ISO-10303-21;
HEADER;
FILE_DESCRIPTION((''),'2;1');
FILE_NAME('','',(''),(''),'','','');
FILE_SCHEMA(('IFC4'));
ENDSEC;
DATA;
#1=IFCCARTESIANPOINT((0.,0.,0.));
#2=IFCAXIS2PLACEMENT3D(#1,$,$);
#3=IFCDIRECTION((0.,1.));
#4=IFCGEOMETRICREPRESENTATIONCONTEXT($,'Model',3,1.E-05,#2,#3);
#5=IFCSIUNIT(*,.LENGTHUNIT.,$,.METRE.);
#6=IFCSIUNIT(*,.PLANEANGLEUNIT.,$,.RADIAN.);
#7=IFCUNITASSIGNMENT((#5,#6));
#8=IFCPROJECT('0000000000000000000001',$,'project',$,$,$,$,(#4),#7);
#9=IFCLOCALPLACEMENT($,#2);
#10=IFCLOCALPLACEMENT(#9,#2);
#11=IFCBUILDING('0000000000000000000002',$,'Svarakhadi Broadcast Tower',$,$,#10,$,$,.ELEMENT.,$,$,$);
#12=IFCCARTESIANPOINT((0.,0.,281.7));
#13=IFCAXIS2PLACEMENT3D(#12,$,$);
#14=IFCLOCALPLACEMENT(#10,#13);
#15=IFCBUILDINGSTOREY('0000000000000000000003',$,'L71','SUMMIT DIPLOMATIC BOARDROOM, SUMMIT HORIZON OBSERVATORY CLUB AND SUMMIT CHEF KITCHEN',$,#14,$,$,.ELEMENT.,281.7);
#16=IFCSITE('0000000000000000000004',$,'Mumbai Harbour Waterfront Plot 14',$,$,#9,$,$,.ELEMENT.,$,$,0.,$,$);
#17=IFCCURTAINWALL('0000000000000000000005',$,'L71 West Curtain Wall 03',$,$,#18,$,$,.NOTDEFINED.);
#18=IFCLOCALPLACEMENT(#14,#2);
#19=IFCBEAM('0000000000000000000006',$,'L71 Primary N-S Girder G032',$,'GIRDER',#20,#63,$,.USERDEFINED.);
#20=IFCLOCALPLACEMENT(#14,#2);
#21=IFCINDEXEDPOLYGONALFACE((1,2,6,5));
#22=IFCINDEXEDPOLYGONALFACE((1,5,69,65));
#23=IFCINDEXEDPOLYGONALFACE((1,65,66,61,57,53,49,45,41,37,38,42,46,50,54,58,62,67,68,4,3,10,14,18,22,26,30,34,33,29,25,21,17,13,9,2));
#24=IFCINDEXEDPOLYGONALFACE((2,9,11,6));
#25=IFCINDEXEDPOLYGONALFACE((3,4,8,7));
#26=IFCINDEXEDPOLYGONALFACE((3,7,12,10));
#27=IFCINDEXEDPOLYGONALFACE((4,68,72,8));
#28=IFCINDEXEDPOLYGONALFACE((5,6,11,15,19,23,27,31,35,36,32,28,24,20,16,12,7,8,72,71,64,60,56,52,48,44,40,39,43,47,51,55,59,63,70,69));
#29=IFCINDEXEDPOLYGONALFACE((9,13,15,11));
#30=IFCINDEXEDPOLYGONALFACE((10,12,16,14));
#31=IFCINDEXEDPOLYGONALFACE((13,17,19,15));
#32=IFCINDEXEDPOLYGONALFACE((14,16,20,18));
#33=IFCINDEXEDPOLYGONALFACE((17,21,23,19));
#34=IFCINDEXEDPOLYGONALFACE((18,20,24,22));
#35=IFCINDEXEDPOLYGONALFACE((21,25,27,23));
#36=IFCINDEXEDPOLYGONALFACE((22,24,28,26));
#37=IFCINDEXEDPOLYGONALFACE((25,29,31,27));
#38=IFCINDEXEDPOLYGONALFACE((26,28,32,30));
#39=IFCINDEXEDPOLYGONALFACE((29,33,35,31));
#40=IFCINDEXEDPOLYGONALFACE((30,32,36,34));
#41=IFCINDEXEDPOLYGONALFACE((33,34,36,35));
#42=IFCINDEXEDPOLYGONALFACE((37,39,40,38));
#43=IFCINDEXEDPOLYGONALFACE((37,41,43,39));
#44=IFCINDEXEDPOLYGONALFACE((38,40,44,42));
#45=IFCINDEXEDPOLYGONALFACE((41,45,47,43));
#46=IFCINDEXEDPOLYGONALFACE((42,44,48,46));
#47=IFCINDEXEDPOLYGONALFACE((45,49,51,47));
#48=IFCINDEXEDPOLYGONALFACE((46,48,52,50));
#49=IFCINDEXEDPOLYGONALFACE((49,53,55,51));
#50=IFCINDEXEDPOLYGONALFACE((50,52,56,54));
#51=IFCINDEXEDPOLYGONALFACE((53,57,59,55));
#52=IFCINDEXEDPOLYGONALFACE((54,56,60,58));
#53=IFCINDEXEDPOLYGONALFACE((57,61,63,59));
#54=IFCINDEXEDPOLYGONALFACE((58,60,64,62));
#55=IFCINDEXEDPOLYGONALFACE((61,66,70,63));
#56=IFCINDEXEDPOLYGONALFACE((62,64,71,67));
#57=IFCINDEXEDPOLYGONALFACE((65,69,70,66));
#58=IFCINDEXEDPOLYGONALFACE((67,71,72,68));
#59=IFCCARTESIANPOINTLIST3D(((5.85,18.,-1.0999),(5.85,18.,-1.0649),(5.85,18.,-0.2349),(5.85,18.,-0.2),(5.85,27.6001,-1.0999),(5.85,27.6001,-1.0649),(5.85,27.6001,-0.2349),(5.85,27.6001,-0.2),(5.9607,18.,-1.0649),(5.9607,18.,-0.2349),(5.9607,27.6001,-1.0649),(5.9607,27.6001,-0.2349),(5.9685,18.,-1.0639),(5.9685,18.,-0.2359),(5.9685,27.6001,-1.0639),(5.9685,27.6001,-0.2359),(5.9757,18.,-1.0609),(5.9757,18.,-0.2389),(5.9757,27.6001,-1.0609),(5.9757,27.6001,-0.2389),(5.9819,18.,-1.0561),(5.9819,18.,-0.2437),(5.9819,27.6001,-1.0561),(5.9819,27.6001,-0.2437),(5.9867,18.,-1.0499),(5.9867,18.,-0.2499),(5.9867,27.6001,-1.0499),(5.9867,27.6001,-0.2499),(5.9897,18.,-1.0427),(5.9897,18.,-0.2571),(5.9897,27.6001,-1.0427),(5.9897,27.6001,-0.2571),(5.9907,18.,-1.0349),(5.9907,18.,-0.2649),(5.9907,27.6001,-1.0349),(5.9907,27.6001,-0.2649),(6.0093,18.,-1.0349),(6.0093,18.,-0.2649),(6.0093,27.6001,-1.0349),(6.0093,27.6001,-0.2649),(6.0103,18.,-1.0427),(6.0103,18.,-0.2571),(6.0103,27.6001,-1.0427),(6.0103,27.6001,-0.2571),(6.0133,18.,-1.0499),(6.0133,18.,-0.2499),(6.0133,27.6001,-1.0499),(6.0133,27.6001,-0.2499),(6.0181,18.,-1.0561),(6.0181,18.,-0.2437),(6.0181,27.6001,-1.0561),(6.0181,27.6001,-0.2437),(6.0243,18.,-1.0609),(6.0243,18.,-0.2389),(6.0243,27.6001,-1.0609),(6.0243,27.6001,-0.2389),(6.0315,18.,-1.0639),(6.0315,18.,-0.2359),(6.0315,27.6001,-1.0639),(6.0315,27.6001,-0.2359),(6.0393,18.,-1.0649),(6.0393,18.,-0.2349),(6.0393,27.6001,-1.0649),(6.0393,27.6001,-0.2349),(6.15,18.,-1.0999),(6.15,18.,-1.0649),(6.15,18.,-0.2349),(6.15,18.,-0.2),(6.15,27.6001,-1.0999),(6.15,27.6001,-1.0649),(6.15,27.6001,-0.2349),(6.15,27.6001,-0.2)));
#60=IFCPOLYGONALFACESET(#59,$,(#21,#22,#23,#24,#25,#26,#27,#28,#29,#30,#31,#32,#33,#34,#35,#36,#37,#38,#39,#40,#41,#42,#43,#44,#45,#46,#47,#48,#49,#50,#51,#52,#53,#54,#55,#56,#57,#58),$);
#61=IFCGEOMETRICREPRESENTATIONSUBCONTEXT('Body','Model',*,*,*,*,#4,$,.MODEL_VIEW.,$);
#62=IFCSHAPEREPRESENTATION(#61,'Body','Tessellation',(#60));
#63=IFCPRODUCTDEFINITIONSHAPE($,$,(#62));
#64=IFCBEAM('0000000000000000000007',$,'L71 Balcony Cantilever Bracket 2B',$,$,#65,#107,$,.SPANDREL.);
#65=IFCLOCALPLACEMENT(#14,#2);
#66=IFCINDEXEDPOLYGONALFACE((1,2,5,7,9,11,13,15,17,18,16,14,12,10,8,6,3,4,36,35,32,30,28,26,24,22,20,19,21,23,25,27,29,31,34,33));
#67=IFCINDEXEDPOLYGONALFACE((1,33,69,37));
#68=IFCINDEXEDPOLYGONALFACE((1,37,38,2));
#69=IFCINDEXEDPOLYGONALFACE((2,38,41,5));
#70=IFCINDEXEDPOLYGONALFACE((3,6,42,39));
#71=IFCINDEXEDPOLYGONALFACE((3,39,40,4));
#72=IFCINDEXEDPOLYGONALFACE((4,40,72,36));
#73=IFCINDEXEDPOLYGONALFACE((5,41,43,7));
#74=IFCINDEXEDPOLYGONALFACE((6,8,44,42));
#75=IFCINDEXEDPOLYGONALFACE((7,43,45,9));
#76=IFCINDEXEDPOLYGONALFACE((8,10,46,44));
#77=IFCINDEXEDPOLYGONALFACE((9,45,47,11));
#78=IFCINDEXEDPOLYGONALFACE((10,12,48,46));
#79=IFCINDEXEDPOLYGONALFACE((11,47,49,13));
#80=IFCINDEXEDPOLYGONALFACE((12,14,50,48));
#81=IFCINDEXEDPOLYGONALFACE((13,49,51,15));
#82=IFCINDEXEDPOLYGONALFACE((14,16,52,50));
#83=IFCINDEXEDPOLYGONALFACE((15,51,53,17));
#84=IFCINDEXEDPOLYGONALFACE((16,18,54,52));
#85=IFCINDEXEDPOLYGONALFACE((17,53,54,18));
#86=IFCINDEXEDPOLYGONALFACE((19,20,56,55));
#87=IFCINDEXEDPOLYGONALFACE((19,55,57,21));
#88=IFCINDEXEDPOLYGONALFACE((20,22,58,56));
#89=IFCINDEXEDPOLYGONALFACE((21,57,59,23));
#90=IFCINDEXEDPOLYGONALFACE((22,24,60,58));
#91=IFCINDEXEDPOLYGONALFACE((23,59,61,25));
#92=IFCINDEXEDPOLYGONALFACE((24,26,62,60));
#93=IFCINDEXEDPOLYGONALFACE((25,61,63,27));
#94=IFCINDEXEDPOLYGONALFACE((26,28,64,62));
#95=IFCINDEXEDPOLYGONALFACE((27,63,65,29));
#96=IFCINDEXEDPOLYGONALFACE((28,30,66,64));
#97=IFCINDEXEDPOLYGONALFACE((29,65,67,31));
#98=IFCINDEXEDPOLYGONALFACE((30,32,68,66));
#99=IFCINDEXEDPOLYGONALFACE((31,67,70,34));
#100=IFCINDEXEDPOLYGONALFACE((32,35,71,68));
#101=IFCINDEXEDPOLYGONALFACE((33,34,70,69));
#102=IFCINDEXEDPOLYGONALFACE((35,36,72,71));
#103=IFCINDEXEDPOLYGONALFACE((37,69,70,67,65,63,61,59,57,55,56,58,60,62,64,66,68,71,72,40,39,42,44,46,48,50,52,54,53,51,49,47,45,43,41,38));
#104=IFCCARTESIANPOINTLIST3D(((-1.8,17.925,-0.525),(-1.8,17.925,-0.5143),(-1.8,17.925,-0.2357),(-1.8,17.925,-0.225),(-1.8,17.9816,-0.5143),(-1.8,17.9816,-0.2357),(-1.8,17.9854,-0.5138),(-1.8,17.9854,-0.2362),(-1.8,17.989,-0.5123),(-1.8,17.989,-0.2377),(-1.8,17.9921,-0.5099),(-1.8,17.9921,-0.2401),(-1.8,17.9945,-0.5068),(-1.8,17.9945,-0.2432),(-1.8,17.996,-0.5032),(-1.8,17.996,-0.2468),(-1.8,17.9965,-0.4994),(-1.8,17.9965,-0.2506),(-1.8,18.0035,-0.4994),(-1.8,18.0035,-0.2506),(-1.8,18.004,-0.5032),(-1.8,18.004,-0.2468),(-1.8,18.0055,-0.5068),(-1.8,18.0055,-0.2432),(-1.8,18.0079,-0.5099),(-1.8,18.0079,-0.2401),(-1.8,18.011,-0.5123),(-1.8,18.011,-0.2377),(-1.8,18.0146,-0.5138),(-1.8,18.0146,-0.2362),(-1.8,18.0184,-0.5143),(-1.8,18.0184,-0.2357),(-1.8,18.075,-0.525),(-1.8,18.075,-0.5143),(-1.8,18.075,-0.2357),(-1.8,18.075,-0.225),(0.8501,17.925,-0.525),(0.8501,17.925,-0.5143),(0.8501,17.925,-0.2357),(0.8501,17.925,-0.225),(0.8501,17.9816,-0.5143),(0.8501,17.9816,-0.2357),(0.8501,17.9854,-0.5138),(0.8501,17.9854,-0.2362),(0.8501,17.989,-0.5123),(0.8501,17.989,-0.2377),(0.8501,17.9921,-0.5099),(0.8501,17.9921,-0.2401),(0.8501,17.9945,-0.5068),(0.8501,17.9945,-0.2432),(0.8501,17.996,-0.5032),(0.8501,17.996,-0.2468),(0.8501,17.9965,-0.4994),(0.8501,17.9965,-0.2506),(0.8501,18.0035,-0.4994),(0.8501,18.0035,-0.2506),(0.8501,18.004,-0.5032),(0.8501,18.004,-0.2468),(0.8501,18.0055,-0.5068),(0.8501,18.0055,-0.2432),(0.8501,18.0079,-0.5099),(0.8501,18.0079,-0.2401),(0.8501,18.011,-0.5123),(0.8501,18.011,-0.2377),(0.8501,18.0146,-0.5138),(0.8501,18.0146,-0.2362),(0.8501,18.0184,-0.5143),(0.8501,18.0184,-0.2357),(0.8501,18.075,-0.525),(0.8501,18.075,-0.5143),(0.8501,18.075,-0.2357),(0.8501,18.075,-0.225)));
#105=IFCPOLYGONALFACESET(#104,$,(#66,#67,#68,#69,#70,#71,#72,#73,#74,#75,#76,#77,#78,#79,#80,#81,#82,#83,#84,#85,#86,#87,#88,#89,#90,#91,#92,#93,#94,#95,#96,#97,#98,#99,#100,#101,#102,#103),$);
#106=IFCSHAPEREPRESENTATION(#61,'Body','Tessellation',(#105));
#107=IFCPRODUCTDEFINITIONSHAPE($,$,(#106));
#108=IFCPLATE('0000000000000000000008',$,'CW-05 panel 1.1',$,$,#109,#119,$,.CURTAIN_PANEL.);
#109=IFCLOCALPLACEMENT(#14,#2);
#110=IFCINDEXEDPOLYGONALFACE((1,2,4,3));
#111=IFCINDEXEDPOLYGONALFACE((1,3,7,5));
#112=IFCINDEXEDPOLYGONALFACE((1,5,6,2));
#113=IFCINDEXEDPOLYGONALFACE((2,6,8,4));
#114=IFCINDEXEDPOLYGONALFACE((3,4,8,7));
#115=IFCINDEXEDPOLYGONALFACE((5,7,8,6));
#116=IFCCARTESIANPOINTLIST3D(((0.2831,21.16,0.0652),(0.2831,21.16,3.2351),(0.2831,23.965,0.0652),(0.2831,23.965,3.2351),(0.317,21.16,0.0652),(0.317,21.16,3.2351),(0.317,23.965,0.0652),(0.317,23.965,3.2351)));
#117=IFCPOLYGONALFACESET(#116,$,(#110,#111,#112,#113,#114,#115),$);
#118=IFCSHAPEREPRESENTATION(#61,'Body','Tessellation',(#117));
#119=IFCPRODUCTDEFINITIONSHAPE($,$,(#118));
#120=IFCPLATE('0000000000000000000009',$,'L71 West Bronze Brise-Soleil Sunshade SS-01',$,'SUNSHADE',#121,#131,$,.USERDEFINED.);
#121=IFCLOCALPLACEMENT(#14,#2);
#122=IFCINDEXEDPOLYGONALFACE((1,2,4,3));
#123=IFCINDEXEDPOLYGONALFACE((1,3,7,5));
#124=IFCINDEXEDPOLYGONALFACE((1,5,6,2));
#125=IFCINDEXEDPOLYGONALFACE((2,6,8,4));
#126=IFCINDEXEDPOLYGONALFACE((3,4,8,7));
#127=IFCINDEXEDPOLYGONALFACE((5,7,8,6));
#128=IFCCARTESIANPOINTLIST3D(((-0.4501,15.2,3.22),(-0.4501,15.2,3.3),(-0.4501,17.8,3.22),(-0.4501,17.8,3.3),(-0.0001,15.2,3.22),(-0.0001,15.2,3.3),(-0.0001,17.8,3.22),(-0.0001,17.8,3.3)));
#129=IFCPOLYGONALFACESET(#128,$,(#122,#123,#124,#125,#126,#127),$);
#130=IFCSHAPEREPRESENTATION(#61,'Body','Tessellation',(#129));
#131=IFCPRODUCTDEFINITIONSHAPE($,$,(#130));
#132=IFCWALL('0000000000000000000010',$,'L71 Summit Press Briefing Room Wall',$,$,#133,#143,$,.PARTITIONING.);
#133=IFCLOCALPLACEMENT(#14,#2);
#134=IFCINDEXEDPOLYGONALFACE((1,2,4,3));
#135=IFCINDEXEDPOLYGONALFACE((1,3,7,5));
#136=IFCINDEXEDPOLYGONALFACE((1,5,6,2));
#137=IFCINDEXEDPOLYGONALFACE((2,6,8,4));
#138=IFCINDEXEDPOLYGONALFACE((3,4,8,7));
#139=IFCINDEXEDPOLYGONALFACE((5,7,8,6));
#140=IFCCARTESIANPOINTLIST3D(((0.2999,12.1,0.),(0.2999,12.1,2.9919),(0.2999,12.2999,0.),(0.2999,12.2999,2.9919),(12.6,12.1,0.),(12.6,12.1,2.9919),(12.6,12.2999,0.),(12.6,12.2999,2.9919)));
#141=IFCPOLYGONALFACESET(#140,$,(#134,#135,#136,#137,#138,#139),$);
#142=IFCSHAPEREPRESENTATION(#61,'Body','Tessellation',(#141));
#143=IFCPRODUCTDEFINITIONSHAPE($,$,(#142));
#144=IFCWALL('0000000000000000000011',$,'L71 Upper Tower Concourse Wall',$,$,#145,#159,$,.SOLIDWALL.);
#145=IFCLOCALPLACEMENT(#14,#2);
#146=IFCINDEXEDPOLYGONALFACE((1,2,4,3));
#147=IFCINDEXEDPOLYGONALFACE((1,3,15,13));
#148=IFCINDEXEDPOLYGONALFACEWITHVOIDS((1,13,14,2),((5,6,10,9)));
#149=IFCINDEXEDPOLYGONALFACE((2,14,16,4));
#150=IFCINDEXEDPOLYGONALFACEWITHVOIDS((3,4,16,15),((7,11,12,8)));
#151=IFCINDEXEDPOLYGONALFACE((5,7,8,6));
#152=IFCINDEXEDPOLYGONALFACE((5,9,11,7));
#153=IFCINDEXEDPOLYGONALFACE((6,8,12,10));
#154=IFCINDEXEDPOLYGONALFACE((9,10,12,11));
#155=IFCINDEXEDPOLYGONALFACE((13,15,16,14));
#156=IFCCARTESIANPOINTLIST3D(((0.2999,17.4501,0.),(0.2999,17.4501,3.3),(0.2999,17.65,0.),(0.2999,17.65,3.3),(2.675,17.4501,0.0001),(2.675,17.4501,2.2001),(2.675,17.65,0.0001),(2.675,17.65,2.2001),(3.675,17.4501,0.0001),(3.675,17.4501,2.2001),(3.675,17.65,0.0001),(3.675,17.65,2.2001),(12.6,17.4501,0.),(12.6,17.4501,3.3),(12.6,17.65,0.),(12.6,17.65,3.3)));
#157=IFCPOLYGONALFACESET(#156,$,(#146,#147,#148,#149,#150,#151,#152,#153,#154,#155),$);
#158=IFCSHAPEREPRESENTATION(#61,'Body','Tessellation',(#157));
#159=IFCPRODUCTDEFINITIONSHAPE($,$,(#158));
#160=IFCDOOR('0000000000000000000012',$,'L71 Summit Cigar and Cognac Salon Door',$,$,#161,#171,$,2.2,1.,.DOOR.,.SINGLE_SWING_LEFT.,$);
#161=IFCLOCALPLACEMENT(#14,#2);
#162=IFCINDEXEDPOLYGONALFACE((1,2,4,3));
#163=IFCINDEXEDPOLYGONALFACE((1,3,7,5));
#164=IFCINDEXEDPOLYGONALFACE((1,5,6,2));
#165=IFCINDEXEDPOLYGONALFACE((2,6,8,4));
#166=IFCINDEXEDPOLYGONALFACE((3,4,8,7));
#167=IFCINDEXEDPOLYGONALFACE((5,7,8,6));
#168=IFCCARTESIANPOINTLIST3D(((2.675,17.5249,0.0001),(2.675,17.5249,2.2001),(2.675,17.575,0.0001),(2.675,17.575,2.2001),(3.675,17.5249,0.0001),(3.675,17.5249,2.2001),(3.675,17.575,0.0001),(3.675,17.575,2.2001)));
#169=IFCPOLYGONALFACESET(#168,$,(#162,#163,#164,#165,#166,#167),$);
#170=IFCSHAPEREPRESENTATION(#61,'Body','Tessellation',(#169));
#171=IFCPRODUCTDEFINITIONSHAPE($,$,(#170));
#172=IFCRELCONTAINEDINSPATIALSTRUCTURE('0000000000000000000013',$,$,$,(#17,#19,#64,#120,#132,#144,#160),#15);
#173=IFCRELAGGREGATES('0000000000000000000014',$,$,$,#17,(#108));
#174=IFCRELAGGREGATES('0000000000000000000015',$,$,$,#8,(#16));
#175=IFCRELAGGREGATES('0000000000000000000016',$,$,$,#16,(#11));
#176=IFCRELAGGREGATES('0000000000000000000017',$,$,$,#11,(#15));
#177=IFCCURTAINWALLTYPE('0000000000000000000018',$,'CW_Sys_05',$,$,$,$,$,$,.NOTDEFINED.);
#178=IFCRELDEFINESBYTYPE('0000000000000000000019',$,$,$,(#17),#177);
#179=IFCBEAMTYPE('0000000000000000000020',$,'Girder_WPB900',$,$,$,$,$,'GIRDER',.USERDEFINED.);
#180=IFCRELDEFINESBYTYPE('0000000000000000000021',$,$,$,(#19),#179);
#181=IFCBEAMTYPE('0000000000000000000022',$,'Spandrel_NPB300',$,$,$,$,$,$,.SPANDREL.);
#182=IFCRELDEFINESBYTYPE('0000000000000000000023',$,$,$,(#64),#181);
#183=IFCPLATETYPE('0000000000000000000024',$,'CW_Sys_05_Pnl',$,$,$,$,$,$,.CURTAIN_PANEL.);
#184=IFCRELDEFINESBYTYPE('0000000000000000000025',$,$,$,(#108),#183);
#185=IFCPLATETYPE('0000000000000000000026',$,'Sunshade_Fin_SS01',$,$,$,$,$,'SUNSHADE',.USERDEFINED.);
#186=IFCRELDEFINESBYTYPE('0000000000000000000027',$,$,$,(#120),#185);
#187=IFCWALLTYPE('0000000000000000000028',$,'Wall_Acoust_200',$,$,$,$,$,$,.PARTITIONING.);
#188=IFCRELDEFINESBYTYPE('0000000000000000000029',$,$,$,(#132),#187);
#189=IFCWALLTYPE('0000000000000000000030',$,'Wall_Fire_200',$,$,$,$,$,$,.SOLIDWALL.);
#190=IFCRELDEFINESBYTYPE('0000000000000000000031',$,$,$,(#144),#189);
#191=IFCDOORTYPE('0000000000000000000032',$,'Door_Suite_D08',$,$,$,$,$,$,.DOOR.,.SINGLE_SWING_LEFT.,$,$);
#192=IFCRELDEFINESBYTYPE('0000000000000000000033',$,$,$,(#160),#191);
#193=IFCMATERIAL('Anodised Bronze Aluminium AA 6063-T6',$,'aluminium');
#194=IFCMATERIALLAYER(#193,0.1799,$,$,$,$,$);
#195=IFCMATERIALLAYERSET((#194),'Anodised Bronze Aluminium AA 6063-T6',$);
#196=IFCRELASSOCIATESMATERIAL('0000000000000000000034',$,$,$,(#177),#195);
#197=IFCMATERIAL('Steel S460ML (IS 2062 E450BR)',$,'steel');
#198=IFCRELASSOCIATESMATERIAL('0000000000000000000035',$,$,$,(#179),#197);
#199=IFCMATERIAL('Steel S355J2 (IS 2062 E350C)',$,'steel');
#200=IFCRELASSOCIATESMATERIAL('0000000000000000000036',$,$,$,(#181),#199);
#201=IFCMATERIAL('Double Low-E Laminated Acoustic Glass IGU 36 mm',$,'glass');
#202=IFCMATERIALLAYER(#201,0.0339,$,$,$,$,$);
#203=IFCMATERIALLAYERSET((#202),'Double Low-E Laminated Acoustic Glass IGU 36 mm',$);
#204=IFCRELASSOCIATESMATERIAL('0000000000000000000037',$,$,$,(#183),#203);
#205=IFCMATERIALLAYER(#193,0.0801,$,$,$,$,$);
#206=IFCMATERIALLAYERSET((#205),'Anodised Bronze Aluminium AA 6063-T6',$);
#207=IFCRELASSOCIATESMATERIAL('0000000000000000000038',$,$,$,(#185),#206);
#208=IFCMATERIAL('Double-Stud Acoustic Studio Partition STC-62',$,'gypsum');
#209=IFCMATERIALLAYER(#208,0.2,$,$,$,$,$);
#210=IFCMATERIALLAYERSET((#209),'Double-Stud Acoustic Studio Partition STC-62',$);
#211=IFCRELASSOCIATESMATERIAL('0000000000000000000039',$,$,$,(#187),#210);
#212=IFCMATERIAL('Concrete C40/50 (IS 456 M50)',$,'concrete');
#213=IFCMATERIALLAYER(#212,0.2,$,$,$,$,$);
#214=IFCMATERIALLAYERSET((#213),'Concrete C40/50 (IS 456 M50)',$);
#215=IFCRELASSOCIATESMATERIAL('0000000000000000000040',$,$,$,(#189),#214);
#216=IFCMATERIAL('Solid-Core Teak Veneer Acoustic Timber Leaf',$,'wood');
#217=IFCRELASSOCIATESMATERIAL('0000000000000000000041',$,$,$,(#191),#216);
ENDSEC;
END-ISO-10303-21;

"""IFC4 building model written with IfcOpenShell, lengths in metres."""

from ifc_helpers import new_model, si_unit, direction, frame, frame_2d, origin, origin_2d, place, context, subcontext, project, spatial, rectangle, i_section, extrude, material, layer, layer_set, material_profile, profile_set, type_object, element, fill, aggregate, save


model = new_model("IFC4")

# Units and contexts
model_context = context("Model", 3, precision=1e-05, world=origin(), true_north=direction((0.0, 1.0)))
body_context = subcontext(model_context, "Body", "Model", "MODEL_VIEW")
ifc_project = project(units=[si_unit("LENGTHUNIT", "METRE"), si_unit("PLANEANGLEUNIT", "RADIAN")], contexts=[model_context])

# Site, building, storey
site_placement = place(None, origin())
site = spatial("IfcSite", under=ifc_project, at=site_placement, Name="Mumbai Harbour Waterfront Plot 14", CompositionType="ELEMENT", RefElevation=0.0)
building_placement = place(site_placement, origin())
building = spatial("IfcBuilding", under=site, at=building_placement, Name="Svarakhadi Broadcast Tower", CompositionType="ELEMENT")
storey_placement = place(building_placement, frame((0.0, 0.0, 281.7)))
storey = spatial("IfcBuildingStorey", under=building, at=storey_placement, Name="L71", Description="SUMMIT DIPLOMATIC BOARDROOM, SUMMIT HORIZON OBSERVATORY CLUB AND SUMMIT CHEF KITCHEN", CompositionType="ELEMENT", Elevation=281.7)

# Shared definitions
ifc_material_1 = material(Name="Steel S460ML (IS 2062 E450BR)", Category="steel")

# Shared definitions
ifc_material_2 = material(Name="Steel S355J2 (IS 2062 E350C)", Category="steel")

# Curtain wall
ifc_material_3 = material(Name="Anodised Bronze Aluminium AA 6063-T6", Category="aluminium")
ifc_layer_1 = layer(ifc_material_3, 0.1799)
ifc_layer_set_1 = layer_set([ifc_layer_1], Name="Anodised Bronze Aluminium AA 6063-T6")
curtain_wall_type = type_object("IfcCurtainWallType", Name="CW_Sys_05", PredefinedType="NOTDEFINED", material=ifc_layer_set_1)
curtain_wall_placement = place(storey_placement, origin())
curtain_wall = element("IfcCurtainWall", 1, at=curtain_wall_placement, inside=storey, type_object=curtain_wall_type, Name="L71 West Curtain Wall 03", PredefinedType="NOTDEFINED")

# Beams
ifc_material_profile_1 = material_profile(ifc_material_1, i_section(OverallWidth=0.3, OverallDepth=0.8999, WebThickness=0.0186, FlangeThickness=0.0349, FilletRadius=0.03, at=origin_2d()), Name="WPB 900x300x291")
ifc_profile_set_1 = profile_set([ifc_material_profile_1], Name="Steel S460ML (IS 2062 E450BR)")
beam_type_1 = type_object("IfcBeamType", Name="Girder_WPB900", ElementType="GIRDER", PredefinedType="USERDEFINED", material=ifc_profile_set_1)
beam_1_placement = place(storey_placement, frame((6.0, 18.0, -0.6499), z_axis=(0.0, 1.0, 0.0), x_axis=(-1.0, 0.0, 0.0)))
element("IfcBeam", 2, at=beam_1_placement, inside=storey, type_object=beam_type_1, Name="L71 Primary N-S Girder G032", ObjectType="GIRDER", PredefinedType="USERDEFINED", context=body_context, shape_type="SweptSolid", body=[
    extrude(i_section(OverallWidth=0.3, OverallDepth=0.8999, WebThickness=0.0186, FlangeThickness=0.0349, FilletRadius=0.03, at=origin_2d()), origin(), (0.0, 0.0, 1.0), 9.6001),
])
ifc_material_profile_2 = material_profile(ifc_material_2, i_section(OverallWidth=0.1499, OverallDepth=0.3, WebThickness=0.0071, FlangeThickness=0.0107, FilletRadius=0.0149, at=origin_2d()), Name="NPB 300x150x37")
ifc_profile_set_2 = profile_set([ifc_material_profile_2], Name="Steel S355J2 (IS 2062 E350C)")
beam_type_2 = type_object("IfcBeamType", Name="Spandrel_NPB300", PredefinedType="SPANDREL", material=ifc_profile_set_2)
beam_2_placement = place(storey_placement, frame((0.8501, 18.0, -0.375), z_axis=(-1.0, 0.0, 0.0), x_axis=(0.0, -1.0, 0.0)))
element("IfcBeam", 3, at=beam_2_placement, inside=storey, type_object=beam_type_2, Name="L71 Balcony Cantilever Bracket 2B", PredefinedType="SPANDREL", context=body_context, shape_type="SweptSolid", body=[
    extrude(i_section(OverallWidth=0.1499, OverallDepth=0.3, WebThickness=0.0071, FlangeThickness=0.0107, FilletRadius=0.0149, at=origin_2d()), origin(), (0.0, 0.0, 1.0), 2.6501),
])

# Plates
ifc_material_4 = material(Name="Double Low-E Laminated Acoustic Glass IGU 36 mm", Category="glass")
ifc_layer_2 = layer(ifc_material_4, 0.0339)
ifc_layer_set_2 = layer_set([ifc_layer_2], Name="Double Low-E Laminated Acoustic Glass IGU 36 mm")
plate_type_1 = type_object("IfcPlateType", Name="CW_Sys_05_Pnl", PredefinedType="CURTAIN_PANEL", material=ifc_layer_set_2)
plate_1_placement = place(storey_placement, frame((0.3, 22.5625, 0.0652), z_axis=(0.0, 0.0, 1.0), x_axis=(0.0, 1.0, 0.0)))
plate_1 = element("IfcPlate", 4, at=plate_1_placement, type_object=plate_type_1, Name="CW-05 panel 1.1", PredefinedType="CURTAIN_PANEL", context=body_context, shape_type="SweptSolid", body=[
    extrude(rectangle(XDim=2.8049, YDim=0.0339, at=origin_2d()), origin(), (0.0, 0.0, 1.0), 3.1699),
])
aggregate(curtain_wall, [plate_1])
ifc_layer_3 = layer(ifc_material_3, 0.0801)
ifc_layer_set_3 = layer_set([ifc_layer_3], Name="Anodised Bronze Aluminium AA 6063-T6")
plate_type_2 = type_object("IfcPlateType", Name="Sunshade_Fin_SS01", ElementType="SUNSHADE", PredefinedType="USERDEFINED", material=ifc_layer_set_3)
plate_2_placement = place(storey_placement, frame((-0.2251, 16.5, 3.22), z_axis=(0.0, 0.0, 1.0), x_axis=(0.0, 1.0, 0.0)))
element("IfcPlate", 5, at=plate_2_placement, inside=storey, type_object=plate_type_2, Name="L71 West Bronze Brise-Soleil Sunshade SS-01", ObjectType="SUNSHADE", PredefinedType="USERDEFINED", context=body_context, shape_type="SweptSolid", body=[
    extrude(rectangle(XDim=2.6001, YDim=0.45, at=origin_2d()), origin(), (0.0, 0.0, 1.0), 0.0801),
])

# Wall
ifc_material_5 = material(Name="Double-Stud Acoustic Studio Partition STC-62", Category="gypsum")
ifc_layer_4 = layer(ifc_material_5, 0.2)
ifc_layer_set_4 = layer_set([ifc_layer_4], Name="Double-Stud Acoustic Studio Partition STC-62")
wall_type_1 = type_object("IfcWallType", Name="Wall_Acoust_200", PredefinedType="PARTITIONING", material=ifc_layer_set_4)
wall_1_placement = place(storey_placement, frame((0.3, 12.2, 0.0), z_axis=(0.0, 0.0, 1.0), x_axis=(1.0, 0.0, 0.0)))
element("IfcWall", 6, at=wall_1_placement, inside=storey, type_object=wall_type_1, Name="L71 Summit Press Briefing Room Wall", PredefinedType="PARTITIONING", context=body_context, shape_type="SweptSolid", body=[
    extrude(rectangle(XDim=12.3, YDim=0.2, at=frame_2d((6.1499, 0.0))), origin(), (0.0, 0.0, 1.0), 2.9919),
])

# Wall, opening, door
ifc_material_6 = material(Name="Concrete C40/50 (IS 456 M50)", Category="concrete")
ifc_layer_5 = layer(ifc_material_6, 0.2)
ifc_layer_set_5 = layer_set([ifc_layer_5], Name="Concrete C40/50 (IS 456 M50)")
wall_type_2 = type_object("IfcWallType", Name="Wall_Fire_200", PredefinedType="SOLIDWALL", material=ifc_layer_set_5)
wall_2_placement = place(storey_placement, frame((0.3, 17.55, 0.0), z_axis=(0.0, 0.0, 1.0), x_axis=(1.0, 0.0, 0.0)))
wall_2 = element("IfcWall", 7, at=wall_2_placement, inside=storey, type_object=wall_type_2, Name="L71 Upper Tower Concourse Wall", PredefinedType="SOLIDWALL", context=body_context, shape_type="SweptSolid", body=[
    extrude(rectangle(XDim=12.3, YDim=0.2, at=frame_2d((6.1499, 0.0))), origin(), (0.0, 0.0, 1.0), 3.3),
])
opening_placement = place(wall_2_placement, frame((2.375, 0.0, 0.0)))
opening = element("IfcOpeningElement", 8, at=opening_placement, cuts=wall_2, PredefinedType="OPENING", context=body_context, shape_type="SweptSolid", body=[
    extrude(rectangle(XDim=1.0, YDim=2.2, at=frame_2d((0.5, 1.1001))), frame((0.0, 0.1099, 0.0), z_axis=(0.0, -1.0, 0.0), x_axis=(1.0, 0.0, 0.0)), (0.0, 0.0, 1.0), 0.22),
])
ifc_material_7 = material(Name="Solid-Core Teak Veneer Acoustic Timber Leaf", Category="wood")
door_type = type_object("IfcDoorType", Name="Door_Suite_D08", OperationType="SINGLE_SWING_LEFT", PredefinedType="DOOR", material=ifc_material_7)
door_placement = place(opening_placement, origin())
door = element("IfcDoor", 9, at=door_placement, inside=storey, type_object=door_type, Name="L71 Summit Cigar and Cognac Salon Door", OperationType="SINGLE_SWING_LEFT", OverallHeight=2.2, OverallWidth=1.0, PredefinedType="DOOR", context=body_context, shape_type="SweptSolid", body=[
    extrude(rectangle(XDim=1.0, YDim=2.2, at=frame_2d((0.5, 1.1001))), frame((0.0, 0.0249, 0.0), z_axis=(0.0, -1.0, 0.0), x_axis=(1.0, 0.0, 0.0)), (0.0, 0.0, 1.0), 0.05),
])
fill(opening, door)

save(model, "model.ifc")
